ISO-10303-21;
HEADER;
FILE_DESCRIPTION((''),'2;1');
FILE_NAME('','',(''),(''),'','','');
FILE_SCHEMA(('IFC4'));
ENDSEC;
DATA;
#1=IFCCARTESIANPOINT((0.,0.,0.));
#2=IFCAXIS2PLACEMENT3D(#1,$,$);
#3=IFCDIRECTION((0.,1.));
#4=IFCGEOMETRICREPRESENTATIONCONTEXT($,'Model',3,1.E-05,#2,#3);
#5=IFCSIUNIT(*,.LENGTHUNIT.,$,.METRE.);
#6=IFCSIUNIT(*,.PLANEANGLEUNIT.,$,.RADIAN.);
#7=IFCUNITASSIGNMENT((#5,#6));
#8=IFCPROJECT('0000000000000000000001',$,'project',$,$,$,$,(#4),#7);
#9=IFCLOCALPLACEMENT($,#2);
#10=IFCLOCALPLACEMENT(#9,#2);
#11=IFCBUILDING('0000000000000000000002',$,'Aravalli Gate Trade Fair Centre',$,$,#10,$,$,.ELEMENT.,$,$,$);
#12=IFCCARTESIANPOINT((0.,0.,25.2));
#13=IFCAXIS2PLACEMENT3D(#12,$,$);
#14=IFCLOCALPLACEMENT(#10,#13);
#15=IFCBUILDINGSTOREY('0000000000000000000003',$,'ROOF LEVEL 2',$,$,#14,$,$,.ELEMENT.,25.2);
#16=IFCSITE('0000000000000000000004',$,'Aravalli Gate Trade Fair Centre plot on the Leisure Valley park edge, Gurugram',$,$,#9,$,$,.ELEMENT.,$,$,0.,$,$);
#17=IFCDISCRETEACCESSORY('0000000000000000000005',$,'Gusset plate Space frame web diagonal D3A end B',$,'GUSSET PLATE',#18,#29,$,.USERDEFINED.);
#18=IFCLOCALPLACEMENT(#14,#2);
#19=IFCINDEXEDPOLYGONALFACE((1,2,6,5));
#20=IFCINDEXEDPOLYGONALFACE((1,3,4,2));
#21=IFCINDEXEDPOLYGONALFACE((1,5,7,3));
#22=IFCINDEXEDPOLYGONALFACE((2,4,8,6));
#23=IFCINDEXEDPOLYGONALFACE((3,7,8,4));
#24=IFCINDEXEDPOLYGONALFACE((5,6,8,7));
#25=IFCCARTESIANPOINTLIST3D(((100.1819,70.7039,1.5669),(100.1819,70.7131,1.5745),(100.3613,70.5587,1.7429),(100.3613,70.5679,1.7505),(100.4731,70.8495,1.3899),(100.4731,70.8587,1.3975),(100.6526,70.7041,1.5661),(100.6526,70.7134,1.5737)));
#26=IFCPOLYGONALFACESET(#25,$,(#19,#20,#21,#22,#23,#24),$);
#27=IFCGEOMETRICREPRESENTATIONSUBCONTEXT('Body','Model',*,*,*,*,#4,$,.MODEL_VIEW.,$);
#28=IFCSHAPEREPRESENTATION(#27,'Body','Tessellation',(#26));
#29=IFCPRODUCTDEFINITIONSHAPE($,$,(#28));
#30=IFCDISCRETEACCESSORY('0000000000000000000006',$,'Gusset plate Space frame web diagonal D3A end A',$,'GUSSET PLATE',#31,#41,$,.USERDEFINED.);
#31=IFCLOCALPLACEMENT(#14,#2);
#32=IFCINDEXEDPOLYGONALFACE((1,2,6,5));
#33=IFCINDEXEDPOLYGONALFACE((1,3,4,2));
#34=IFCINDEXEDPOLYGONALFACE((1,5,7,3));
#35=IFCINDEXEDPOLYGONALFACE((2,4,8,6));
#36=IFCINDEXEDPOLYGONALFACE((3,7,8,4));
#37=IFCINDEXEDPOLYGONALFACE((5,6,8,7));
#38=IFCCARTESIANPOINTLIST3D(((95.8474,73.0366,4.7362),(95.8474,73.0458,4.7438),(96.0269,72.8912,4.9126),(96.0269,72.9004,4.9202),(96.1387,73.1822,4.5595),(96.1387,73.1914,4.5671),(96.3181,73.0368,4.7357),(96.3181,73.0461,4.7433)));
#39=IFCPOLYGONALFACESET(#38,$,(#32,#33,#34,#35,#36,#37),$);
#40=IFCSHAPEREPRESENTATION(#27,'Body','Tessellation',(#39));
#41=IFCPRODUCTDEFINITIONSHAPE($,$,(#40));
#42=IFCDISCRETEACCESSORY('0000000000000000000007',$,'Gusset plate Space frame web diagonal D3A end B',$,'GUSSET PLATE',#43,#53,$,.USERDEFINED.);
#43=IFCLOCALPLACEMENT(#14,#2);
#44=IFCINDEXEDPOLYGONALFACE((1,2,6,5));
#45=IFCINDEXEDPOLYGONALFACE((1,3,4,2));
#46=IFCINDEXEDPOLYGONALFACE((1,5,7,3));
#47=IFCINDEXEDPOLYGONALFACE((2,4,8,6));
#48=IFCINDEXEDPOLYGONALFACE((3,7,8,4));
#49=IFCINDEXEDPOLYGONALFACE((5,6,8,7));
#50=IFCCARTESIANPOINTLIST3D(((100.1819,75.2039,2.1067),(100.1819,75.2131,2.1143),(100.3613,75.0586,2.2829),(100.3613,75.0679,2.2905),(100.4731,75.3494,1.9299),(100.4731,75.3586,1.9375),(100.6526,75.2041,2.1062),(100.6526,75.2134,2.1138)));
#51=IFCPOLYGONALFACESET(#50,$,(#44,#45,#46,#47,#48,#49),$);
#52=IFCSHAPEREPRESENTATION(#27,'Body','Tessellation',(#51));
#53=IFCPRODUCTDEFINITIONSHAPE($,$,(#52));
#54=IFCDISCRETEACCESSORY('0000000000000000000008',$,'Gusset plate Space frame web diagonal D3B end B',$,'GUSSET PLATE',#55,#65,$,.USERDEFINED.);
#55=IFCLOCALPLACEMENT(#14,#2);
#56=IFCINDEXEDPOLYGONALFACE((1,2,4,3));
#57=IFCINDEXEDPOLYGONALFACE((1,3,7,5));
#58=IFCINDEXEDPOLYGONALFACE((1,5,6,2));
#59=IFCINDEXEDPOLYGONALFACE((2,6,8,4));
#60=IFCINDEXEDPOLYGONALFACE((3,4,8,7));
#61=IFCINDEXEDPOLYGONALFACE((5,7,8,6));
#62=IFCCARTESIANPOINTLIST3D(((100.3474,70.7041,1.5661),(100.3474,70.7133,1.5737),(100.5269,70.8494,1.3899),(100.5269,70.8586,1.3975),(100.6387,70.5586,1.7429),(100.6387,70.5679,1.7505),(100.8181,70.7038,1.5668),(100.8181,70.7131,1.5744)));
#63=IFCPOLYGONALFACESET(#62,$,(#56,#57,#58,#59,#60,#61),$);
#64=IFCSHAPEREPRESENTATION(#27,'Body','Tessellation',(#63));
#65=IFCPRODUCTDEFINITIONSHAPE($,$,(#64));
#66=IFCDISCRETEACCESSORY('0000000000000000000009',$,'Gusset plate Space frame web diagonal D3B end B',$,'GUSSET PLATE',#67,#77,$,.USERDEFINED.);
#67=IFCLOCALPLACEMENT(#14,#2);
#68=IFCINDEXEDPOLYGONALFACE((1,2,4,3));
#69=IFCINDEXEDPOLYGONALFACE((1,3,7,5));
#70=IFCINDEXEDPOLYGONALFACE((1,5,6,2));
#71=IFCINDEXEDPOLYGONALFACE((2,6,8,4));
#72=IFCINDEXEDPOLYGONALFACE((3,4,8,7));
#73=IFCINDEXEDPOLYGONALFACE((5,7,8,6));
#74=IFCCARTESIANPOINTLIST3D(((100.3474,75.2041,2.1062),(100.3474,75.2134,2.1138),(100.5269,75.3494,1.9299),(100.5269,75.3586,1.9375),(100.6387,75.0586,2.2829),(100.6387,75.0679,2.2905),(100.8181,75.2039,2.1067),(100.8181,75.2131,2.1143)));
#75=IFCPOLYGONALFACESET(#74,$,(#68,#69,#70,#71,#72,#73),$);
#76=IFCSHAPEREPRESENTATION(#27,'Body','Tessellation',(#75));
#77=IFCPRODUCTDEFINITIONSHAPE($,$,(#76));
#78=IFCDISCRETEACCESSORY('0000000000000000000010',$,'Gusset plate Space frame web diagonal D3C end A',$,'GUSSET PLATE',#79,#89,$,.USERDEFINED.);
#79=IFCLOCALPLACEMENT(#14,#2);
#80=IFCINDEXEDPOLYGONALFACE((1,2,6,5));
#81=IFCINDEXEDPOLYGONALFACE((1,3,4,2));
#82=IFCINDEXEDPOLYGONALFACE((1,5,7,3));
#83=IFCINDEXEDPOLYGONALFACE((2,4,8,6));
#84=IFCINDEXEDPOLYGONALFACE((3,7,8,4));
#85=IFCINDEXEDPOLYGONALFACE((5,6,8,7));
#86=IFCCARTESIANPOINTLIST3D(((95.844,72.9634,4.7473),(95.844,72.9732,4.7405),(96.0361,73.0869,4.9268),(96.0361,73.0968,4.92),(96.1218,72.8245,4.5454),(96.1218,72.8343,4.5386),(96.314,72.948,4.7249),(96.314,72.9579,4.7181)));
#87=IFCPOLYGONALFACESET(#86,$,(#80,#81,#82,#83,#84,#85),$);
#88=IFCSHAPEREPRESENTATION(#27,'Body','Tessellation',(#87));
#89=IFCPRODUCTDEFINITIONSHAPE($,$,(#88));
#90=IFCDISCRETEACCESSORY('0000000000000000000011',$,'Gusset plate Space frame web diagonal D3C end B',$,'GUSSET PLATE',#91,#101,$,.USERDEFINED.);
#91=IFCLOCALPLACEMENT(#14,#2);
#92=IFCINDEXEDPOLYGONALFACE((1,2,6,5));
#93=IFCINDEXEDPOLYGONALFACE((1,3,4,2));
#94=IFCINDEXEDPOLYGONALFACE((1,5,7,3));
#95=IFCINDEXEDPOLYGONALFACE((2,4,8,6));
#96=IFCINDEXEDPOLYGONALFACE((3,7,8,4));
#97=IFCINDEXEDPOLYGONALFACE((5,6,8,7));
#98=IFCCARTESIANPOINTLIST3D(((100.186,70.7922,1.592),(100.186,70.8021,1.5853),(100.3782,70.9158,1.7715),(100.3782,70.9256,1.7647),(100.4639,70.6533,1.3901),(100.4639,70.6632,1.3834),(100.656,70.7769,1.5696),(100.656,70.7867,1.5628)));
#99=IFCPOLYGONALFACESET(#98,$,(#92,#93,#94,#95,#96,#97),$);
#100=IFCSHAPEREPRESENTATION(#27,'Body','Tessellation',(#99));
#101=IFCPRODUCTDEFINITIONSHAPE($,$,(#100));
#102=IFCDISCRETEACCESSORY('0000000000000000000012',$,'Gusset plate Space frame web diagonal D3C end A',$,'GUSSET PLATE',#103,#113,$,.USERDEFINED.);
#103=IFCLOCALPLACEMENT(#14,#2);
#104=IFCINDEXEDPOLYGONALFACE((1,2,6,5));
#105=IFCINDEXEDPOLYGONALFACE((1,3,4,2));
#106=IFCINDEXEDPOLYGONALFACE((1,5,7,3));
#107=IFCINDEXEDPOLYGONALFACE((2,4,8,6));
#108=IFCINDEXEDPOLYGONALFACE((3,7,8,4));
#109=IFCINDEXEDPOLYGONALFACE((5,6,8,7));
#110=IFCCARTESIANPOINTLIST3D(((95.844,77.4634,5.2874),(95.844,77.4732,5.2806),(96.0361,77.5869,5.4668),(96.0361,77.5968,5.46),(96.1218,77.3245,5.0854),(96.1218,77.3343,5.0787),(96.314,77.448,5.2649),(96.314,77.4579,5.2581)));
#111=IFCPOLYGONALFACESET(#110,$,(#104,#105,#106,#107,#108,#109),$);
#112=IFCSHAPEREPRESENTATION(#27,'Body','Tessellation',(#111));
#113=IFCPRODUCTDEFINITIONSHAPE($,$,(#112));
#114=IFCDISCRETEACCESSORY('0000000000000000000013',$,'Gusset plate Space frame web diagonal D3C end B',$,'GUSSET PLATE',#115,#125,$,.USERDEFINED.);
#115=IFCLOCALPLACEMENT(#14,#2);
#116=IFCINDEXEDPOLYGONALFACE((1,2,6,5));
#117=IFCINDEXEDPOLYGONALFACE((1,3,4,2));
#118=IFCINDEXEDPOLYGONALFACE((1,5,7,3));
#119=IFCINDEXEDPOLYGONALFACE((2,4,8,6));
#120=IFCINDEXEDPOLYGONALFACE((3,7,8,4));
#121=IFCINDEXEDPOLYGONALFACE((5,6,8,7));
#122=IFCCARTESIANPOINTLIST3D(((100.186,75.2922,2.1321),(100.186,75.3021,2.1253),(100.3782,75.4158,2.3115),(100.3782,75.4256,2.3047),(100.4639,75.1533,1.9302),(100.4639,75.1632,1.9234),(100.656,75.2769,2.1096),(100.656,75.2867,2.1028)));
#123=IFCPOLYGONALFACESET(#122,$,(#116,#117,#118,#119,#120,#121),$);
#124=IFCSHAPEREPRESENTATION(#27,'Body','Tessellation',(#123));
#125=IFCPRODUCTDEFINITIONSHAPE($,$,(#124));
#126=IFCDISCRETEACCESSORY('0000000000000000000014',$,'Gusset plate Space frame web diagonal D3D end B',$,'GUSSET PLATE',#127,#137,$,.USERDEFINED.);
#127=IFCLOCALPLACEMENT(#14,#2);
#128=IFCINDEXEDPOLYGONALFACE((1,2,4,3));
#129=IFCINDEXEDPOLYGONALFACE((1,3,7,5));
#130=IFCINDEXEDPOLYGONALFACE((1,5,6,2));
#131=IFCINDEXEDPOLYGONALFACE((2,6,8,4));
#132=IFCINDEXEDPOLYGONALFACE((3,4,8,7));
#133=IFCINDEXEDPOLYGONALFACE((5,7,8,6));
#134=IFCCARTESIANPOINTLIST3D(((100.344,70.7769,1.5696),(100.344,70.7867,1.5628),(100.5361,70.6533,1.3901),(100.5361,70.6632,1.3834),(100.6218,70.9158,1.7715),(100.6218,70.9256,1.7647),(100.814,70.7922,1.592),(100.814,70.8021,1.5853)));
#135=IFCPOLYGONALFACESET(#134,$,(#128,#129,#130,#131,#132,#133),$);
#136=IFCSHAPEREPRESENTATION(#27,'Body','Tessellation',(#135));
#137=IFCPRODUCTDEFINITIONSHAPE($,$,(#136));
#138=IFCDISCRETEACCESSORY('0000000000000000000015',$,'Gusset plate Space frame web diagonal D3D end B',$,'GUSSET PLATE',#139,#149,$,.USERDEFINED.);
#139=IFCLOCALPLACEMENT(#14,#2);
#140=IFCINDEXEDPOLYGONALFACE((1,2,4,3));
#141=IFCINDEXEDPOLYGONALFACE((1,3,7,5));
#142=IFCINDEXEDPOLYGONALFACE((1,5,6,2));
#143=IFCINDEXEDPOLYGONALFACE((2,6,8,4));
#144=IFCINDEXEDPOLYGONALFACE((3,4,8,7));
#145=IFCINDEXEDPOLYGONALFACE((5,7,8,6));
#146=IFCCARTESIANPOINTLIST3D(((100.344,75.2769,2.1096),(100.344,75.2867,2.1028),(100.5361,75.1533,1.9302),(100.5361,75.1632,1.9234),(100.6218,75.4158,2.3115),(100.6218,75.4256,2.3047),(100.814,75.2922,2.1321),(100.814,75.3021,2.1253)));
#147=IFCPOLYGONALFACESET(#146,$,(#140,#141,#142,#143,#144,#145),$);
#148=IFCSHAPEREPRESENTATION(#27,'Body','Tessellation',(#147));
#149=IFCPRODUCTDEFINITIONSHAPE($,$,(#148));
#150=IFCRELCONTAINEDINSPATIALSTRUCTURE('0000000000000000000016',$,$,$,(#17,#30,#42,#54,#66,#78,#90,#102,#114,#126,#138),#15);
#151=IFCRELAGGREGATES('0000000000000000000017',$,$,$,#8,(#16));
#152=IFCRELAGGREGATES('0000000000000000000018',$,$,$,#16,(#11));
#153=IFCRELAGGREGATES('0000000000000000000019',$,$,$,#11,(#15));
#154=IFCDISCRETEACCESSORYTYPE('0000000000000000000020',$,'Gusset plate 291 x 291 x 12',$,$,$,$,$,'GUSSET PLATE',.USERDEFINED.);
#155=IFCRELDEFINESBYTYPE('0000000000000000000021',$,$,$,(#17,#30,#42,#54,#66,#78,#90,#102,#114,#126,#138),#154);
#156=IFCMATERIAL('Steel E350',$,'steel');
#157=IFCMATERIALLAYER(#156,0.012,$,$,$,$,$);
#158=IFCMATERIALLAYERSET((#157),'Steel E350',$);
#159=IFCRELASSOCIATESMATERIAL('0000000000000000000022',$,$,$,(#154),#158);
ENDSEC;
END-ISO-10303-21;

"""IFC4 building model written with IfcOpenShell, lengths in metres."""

from ifc_helpers import new_model, si_unit, direction, frame, origin, place, context, subcontext, project, spatial, polyline, outline, extrude, material, layer, layer_set, type_object, element, save


model = new_model("IFC4")

# Units and contexts
model_context = context("Model", 3, precision=1e-05, world=origin(), true_north=direction((0.0, 1.0)))
body_context = subcontext(model_context, "Body", "Model", "MODEL_VIEW")
ifc_project = project(units=[si_unit("LENGTHUNIT", "METRE"), si_unit("PLANEANGLEUNIT", "RADIAN")], contexts=[model_context])

# Site, building, storey
site_placement = place(None, origin())
site = spatial("IfcSite", under=ifc_project, at=site_placement, Name="Aravalli Gate Trade Fair Centre plot on the Leisure Valley park edge, Gurugram", CompositionType="ELEMENT", RefElevation=0.0)
building_placement = place(site_placement, origin())
building = spatial("IfcBuilding", under=site, at=building_placement, Name="Aravalli Gate Trade Fair Centre", CompositionType="ELEMENT")
storey_placement = place(building_placement, frame((0.0, 0.0, 25.2)))
storey = spatial("IfcBuildingStorey", under=building, at=storey_placement, Name="ROOF LEVEL 2", CompositionType="ELEMENT", Elevation=25.2)

# Shared definitions
ifc_material_1 = material(Name="Steel E350", Category="steel")

# Discrete accessories
ifc_layer_1 = layer(ifc_material_1, 0.012)
ifc_layer_set_1 = layer_set([ifc_layer_1], Name="Steel E350")
discrete_accessory_type = type_object("IfcDiscreteAccessoryType", Name="Gusset plate 291 x 291 x 12", ElementType="GUSSET PLATE", PredefinedType="USERDEFINED", material=ifc_layer_set_1)
discrete_accessory_1_placement = place(storey_placement, frame((100.1819, 70.7131, 1.5745), z_axis=(0.000589, 0.771792, 0.635874), x_axis=(0.785943, 0.392803, -0.477493)))
element("IfcDiscreteAccessory", 1, at=discrete_accessory_1_placement, inside=storey, type_object=discrete_accessory_type, Name="Gusset plate Space frame web diagonal D3A end B", ObjectType="GUSSET PLATE", PredefinedType="USERDEFINED", context=body_context, shape_type="SweptSolid", body=[
    extrude(outline(polyline([(0.0, 0.0), (0.3706, 0.0), (0.3704, -0.2905), (-0.0001, -0.2903), (0.0, 0.0)])), origin(), (0.0, 0.0, -1.0), 0.012),
])
discrete_accessory_2_placement = place(storey_placement, frame((96.1387, 73.1914, 4.5671), z_axis=(0.00026, 0.771582, 0.63613), x_axis=(-0.78619, -0.392962, 0.476956)))
element("IfcDiscreteAccessory", 2, at=discrete_accessory_2_placement, inside=storey, type_object=discrete_accessory_type, Name="Gusset plate Space frame web diagonal D3A end A", ObjectType="GUSSET PLATE", PredefinedType="USERDEFINED", context=body_context, shape_type="SweptSolid", body=[
    extrude(outline(polyline([(0.0, 0.0), (0.3705, 0.0), (0.3706, 0.2906), (0.0001, 0.2905), (0.0, 0.0)])), origin(), (0.0, 0.0, -1.0), 0.012),
])
discrete_accessory_3_placement = place(storey_placement, frame((100.1819, 75.2131, 2.1143), z_axis=(0.000259, 0.771844, 0.635812), x_axis=(0.78619, 0.392765, -0.477118)))
element("IfcDiscreteAccessory", 3, at=discrete_accessory_3_placement, inside=storey, type_object=discrete_accessory_type, Name="Gusset plate Space frame web diagonal D3A end B", ObjectType="GUSSET PLATE", PredefinedType="USERDEFINED", context=body_context, shape_type="SweptSolid", body=[
    extrude(outline(polyline([(0.0, 0.0), (0.3705, 0.0), (0.3704, -0.2905), (-0.0001, -0.2905), (0.0, 0.0)])), origin(), (0.0, 0.0, -1.0), 0.012),
])
discrete_accessory_4_placement = place(storey_placement, frame((100.6387, 70.5679, 1.7505), z_axis=(-0.000589, 0.771792, 0.635874), x_axis=(-0.78619, 0.392604, -0.477251)))
element("IfcDiscreteAccessory", 4, at=discrete_accessory_4_placement, inside=storey, type_object=discrete_accessory_type, Name="Gusset plate Space frame web diagonal D3B end B", ObjectType="GUSSET PLATE", PredefinedType="USERDEFINED", context=body_context, shape_type="SweptSolid", body=[
    extrude(outline(polyline([(0.0, 0.0), (0.3705, 0.0), (0.3705, -0.2905), (0.0, -0.2903), (0.0, 0.0)])), origin(), (0.0, 0.0, -1.0), 0.012),
])
discrete_accessory_5_placement = place(storey_placement, frame((100.6387, 75.0679, 2.2905), z_axis=(-0.000259, 0.771844, 0.635812), x_axis=(-0.78619, 0.392765, -0.477118)))
element("IfcDiscreteAccessory", 5, at=discrete_accessory_5_placement, inside=storey, type_object=discrete_accessory_type, Name="Gusset plate Space frame web diagonal D3B end B", ObjectType="GUSSET PLATE", PredefinedType="USERDEFINED", context=body_context, shape_type="SweptSolid", body=[
    extrude(outline(polyline([(0.0, 0.0), (0.3705, 0.0), (0.3705, -0.2905), (0.0001, -0.2905), (0.0, 0.0)])), origin(), (0.0, 0.0, -1.0), 0.012),
])
discrete_accessory_6_placement = place(storey_placement, frame((96.1218, 72.8245, 4.5454), z_axis=(0.000137, -0.82375, 0.566952), x_axis=(-0.749929, 0.374965, 0.544984)))
element("IfcDiscreteAccessory", 6, at=discrete_accessory_6_placement, inside=storey, type_object=discrete_accessory_type, Name="Gusset plate Space frame web diagonal D3C end A", ObjectType="GUSSET PLATE", PredefinedType="USERDEFINED", context=body_context, shape_type="SweptSolid", body=[
    extrude(outline(polyline([(0.0, 0.0), (0.3705, 0.0), (0.3705, -0.2905), (0.0, -0.2905), (0.0, 0.0)])), origin(), (0.0, 0.0, -1.0), 0.012),
])
discrete_accessory_7_placement = place(storey_placement, frame((100.186, 70.7922, 1.592), z_axis=(0.000137, -0.82375, 0.566952), x_axis=(0.749929, -0.374965, -0.544984)))
element("IfcDiscreteAccessory", 7, at=discrete_accessory_7_placement, inside=storey, type_object=discrete_accessory_type, Name="Gusset plate Space frame web diagonal D3C end B", ObjectType="GUSSET PLATE", PredefinedType="USERDEFINED", context=body_context, shape_type="SweptSolid", body=[
    extrude(outline(polyline([(0.0, 0.0), (0.3705, 0.0), (0.3705, 0.2905), (0.0, 0.2905), (0.0, 0.0)])), origin(), (0.0, 0.0, -1.0), 0.012),
])
discrete_accessory_8_placement = place(storey_placement, frame((96.1218, 77.3245, 5.0854), z_axis=(0.000137, -0.82375, 0.566952), x_axis=(-0.749929, 0.374965, 0.544984)))
element("IfcDiscreteAccessory", 8, at=discrete_accessory_8_placement, inside=storey, type_object=discrete_accessory_type, Name="Gusset plate Space frame web diagonal D3C end A", ObjectType="GUSSET PLATE", PredefinedType="USERDEFINED", context=body_context, shape_type="SweptSolid", body=[
    extrude(outline(polyline([(0.0, 0.0), (0.3705, 0.0), (0.3705, -0.2905), (0.0, -0.2905), (0.0, 0.0)])), origin(), (0.0, 0.0, -1.0), 0.012),
])
discrete_accessory_9_placement = place(storey_placement, frame((100.186, 75.2922, 2.1321), z_axis=(0.000137, -0.82375, 0.566952), x_axis=(0.749929, -0.374965, -0.544984)))
element("IfcDiscreteAccessory", 9, at=discrete_accessory_9_placement, inside=storey, type_object=discrete_accessory_type, Name="Gusset plate Space frame web diagonal D3C end B", ObjectType="GUSSET PLATE", PredefinedType="USERDEFINED", context=body_context, shape_type="SweptSolid", body=[
    extrude(outline(polyline([(0.0, 0.0), (0.3705, 0.0), (0.3705, 0.2905), (0.0, 0.2905), (0.0, 0.0)])), origin(), (0.0, 0.0, -1.0), 0.012),
])
for number, where, z_axis, x_axis, name in (
    (10, (100.6218, 70.9158, 1.7715), (-0.000137, -0.82375, 0.566952), (-0.749929, -0.374965, -0.544984), "Gusset plate Space frame web diagonal D3D end B"),
    (11, (100.6218, 75.4158, 2.3115), (-0.000137, -0.82375, 0.566952), (-0.749929, -0.374965, -0.544984), "Gusset plate Space frame web diagonal D3D end B"),
):
    element("IfcDiscreteAccessory", number, at=place(storey_placement, frame(where, z_axis=z_axis, x_axis=x_axis)), inside=storey, type_object=discrete_accessory_type, Name=name, ObjectType="GUSSET PLATE", PredefinedType="USERDEFINED", context=body_context, shape_type="SweptSolid", body=[
        extrude(outline(polyline([(0.0, 0.0), (0.3705, 0.0), (0.3705, 0.2905), (0.0, 0.2905), (0.0, 0.0)])), origin(), (0.0, 0.0, -1.0), 0.012),
    ])

save(model, "model.ifc")
